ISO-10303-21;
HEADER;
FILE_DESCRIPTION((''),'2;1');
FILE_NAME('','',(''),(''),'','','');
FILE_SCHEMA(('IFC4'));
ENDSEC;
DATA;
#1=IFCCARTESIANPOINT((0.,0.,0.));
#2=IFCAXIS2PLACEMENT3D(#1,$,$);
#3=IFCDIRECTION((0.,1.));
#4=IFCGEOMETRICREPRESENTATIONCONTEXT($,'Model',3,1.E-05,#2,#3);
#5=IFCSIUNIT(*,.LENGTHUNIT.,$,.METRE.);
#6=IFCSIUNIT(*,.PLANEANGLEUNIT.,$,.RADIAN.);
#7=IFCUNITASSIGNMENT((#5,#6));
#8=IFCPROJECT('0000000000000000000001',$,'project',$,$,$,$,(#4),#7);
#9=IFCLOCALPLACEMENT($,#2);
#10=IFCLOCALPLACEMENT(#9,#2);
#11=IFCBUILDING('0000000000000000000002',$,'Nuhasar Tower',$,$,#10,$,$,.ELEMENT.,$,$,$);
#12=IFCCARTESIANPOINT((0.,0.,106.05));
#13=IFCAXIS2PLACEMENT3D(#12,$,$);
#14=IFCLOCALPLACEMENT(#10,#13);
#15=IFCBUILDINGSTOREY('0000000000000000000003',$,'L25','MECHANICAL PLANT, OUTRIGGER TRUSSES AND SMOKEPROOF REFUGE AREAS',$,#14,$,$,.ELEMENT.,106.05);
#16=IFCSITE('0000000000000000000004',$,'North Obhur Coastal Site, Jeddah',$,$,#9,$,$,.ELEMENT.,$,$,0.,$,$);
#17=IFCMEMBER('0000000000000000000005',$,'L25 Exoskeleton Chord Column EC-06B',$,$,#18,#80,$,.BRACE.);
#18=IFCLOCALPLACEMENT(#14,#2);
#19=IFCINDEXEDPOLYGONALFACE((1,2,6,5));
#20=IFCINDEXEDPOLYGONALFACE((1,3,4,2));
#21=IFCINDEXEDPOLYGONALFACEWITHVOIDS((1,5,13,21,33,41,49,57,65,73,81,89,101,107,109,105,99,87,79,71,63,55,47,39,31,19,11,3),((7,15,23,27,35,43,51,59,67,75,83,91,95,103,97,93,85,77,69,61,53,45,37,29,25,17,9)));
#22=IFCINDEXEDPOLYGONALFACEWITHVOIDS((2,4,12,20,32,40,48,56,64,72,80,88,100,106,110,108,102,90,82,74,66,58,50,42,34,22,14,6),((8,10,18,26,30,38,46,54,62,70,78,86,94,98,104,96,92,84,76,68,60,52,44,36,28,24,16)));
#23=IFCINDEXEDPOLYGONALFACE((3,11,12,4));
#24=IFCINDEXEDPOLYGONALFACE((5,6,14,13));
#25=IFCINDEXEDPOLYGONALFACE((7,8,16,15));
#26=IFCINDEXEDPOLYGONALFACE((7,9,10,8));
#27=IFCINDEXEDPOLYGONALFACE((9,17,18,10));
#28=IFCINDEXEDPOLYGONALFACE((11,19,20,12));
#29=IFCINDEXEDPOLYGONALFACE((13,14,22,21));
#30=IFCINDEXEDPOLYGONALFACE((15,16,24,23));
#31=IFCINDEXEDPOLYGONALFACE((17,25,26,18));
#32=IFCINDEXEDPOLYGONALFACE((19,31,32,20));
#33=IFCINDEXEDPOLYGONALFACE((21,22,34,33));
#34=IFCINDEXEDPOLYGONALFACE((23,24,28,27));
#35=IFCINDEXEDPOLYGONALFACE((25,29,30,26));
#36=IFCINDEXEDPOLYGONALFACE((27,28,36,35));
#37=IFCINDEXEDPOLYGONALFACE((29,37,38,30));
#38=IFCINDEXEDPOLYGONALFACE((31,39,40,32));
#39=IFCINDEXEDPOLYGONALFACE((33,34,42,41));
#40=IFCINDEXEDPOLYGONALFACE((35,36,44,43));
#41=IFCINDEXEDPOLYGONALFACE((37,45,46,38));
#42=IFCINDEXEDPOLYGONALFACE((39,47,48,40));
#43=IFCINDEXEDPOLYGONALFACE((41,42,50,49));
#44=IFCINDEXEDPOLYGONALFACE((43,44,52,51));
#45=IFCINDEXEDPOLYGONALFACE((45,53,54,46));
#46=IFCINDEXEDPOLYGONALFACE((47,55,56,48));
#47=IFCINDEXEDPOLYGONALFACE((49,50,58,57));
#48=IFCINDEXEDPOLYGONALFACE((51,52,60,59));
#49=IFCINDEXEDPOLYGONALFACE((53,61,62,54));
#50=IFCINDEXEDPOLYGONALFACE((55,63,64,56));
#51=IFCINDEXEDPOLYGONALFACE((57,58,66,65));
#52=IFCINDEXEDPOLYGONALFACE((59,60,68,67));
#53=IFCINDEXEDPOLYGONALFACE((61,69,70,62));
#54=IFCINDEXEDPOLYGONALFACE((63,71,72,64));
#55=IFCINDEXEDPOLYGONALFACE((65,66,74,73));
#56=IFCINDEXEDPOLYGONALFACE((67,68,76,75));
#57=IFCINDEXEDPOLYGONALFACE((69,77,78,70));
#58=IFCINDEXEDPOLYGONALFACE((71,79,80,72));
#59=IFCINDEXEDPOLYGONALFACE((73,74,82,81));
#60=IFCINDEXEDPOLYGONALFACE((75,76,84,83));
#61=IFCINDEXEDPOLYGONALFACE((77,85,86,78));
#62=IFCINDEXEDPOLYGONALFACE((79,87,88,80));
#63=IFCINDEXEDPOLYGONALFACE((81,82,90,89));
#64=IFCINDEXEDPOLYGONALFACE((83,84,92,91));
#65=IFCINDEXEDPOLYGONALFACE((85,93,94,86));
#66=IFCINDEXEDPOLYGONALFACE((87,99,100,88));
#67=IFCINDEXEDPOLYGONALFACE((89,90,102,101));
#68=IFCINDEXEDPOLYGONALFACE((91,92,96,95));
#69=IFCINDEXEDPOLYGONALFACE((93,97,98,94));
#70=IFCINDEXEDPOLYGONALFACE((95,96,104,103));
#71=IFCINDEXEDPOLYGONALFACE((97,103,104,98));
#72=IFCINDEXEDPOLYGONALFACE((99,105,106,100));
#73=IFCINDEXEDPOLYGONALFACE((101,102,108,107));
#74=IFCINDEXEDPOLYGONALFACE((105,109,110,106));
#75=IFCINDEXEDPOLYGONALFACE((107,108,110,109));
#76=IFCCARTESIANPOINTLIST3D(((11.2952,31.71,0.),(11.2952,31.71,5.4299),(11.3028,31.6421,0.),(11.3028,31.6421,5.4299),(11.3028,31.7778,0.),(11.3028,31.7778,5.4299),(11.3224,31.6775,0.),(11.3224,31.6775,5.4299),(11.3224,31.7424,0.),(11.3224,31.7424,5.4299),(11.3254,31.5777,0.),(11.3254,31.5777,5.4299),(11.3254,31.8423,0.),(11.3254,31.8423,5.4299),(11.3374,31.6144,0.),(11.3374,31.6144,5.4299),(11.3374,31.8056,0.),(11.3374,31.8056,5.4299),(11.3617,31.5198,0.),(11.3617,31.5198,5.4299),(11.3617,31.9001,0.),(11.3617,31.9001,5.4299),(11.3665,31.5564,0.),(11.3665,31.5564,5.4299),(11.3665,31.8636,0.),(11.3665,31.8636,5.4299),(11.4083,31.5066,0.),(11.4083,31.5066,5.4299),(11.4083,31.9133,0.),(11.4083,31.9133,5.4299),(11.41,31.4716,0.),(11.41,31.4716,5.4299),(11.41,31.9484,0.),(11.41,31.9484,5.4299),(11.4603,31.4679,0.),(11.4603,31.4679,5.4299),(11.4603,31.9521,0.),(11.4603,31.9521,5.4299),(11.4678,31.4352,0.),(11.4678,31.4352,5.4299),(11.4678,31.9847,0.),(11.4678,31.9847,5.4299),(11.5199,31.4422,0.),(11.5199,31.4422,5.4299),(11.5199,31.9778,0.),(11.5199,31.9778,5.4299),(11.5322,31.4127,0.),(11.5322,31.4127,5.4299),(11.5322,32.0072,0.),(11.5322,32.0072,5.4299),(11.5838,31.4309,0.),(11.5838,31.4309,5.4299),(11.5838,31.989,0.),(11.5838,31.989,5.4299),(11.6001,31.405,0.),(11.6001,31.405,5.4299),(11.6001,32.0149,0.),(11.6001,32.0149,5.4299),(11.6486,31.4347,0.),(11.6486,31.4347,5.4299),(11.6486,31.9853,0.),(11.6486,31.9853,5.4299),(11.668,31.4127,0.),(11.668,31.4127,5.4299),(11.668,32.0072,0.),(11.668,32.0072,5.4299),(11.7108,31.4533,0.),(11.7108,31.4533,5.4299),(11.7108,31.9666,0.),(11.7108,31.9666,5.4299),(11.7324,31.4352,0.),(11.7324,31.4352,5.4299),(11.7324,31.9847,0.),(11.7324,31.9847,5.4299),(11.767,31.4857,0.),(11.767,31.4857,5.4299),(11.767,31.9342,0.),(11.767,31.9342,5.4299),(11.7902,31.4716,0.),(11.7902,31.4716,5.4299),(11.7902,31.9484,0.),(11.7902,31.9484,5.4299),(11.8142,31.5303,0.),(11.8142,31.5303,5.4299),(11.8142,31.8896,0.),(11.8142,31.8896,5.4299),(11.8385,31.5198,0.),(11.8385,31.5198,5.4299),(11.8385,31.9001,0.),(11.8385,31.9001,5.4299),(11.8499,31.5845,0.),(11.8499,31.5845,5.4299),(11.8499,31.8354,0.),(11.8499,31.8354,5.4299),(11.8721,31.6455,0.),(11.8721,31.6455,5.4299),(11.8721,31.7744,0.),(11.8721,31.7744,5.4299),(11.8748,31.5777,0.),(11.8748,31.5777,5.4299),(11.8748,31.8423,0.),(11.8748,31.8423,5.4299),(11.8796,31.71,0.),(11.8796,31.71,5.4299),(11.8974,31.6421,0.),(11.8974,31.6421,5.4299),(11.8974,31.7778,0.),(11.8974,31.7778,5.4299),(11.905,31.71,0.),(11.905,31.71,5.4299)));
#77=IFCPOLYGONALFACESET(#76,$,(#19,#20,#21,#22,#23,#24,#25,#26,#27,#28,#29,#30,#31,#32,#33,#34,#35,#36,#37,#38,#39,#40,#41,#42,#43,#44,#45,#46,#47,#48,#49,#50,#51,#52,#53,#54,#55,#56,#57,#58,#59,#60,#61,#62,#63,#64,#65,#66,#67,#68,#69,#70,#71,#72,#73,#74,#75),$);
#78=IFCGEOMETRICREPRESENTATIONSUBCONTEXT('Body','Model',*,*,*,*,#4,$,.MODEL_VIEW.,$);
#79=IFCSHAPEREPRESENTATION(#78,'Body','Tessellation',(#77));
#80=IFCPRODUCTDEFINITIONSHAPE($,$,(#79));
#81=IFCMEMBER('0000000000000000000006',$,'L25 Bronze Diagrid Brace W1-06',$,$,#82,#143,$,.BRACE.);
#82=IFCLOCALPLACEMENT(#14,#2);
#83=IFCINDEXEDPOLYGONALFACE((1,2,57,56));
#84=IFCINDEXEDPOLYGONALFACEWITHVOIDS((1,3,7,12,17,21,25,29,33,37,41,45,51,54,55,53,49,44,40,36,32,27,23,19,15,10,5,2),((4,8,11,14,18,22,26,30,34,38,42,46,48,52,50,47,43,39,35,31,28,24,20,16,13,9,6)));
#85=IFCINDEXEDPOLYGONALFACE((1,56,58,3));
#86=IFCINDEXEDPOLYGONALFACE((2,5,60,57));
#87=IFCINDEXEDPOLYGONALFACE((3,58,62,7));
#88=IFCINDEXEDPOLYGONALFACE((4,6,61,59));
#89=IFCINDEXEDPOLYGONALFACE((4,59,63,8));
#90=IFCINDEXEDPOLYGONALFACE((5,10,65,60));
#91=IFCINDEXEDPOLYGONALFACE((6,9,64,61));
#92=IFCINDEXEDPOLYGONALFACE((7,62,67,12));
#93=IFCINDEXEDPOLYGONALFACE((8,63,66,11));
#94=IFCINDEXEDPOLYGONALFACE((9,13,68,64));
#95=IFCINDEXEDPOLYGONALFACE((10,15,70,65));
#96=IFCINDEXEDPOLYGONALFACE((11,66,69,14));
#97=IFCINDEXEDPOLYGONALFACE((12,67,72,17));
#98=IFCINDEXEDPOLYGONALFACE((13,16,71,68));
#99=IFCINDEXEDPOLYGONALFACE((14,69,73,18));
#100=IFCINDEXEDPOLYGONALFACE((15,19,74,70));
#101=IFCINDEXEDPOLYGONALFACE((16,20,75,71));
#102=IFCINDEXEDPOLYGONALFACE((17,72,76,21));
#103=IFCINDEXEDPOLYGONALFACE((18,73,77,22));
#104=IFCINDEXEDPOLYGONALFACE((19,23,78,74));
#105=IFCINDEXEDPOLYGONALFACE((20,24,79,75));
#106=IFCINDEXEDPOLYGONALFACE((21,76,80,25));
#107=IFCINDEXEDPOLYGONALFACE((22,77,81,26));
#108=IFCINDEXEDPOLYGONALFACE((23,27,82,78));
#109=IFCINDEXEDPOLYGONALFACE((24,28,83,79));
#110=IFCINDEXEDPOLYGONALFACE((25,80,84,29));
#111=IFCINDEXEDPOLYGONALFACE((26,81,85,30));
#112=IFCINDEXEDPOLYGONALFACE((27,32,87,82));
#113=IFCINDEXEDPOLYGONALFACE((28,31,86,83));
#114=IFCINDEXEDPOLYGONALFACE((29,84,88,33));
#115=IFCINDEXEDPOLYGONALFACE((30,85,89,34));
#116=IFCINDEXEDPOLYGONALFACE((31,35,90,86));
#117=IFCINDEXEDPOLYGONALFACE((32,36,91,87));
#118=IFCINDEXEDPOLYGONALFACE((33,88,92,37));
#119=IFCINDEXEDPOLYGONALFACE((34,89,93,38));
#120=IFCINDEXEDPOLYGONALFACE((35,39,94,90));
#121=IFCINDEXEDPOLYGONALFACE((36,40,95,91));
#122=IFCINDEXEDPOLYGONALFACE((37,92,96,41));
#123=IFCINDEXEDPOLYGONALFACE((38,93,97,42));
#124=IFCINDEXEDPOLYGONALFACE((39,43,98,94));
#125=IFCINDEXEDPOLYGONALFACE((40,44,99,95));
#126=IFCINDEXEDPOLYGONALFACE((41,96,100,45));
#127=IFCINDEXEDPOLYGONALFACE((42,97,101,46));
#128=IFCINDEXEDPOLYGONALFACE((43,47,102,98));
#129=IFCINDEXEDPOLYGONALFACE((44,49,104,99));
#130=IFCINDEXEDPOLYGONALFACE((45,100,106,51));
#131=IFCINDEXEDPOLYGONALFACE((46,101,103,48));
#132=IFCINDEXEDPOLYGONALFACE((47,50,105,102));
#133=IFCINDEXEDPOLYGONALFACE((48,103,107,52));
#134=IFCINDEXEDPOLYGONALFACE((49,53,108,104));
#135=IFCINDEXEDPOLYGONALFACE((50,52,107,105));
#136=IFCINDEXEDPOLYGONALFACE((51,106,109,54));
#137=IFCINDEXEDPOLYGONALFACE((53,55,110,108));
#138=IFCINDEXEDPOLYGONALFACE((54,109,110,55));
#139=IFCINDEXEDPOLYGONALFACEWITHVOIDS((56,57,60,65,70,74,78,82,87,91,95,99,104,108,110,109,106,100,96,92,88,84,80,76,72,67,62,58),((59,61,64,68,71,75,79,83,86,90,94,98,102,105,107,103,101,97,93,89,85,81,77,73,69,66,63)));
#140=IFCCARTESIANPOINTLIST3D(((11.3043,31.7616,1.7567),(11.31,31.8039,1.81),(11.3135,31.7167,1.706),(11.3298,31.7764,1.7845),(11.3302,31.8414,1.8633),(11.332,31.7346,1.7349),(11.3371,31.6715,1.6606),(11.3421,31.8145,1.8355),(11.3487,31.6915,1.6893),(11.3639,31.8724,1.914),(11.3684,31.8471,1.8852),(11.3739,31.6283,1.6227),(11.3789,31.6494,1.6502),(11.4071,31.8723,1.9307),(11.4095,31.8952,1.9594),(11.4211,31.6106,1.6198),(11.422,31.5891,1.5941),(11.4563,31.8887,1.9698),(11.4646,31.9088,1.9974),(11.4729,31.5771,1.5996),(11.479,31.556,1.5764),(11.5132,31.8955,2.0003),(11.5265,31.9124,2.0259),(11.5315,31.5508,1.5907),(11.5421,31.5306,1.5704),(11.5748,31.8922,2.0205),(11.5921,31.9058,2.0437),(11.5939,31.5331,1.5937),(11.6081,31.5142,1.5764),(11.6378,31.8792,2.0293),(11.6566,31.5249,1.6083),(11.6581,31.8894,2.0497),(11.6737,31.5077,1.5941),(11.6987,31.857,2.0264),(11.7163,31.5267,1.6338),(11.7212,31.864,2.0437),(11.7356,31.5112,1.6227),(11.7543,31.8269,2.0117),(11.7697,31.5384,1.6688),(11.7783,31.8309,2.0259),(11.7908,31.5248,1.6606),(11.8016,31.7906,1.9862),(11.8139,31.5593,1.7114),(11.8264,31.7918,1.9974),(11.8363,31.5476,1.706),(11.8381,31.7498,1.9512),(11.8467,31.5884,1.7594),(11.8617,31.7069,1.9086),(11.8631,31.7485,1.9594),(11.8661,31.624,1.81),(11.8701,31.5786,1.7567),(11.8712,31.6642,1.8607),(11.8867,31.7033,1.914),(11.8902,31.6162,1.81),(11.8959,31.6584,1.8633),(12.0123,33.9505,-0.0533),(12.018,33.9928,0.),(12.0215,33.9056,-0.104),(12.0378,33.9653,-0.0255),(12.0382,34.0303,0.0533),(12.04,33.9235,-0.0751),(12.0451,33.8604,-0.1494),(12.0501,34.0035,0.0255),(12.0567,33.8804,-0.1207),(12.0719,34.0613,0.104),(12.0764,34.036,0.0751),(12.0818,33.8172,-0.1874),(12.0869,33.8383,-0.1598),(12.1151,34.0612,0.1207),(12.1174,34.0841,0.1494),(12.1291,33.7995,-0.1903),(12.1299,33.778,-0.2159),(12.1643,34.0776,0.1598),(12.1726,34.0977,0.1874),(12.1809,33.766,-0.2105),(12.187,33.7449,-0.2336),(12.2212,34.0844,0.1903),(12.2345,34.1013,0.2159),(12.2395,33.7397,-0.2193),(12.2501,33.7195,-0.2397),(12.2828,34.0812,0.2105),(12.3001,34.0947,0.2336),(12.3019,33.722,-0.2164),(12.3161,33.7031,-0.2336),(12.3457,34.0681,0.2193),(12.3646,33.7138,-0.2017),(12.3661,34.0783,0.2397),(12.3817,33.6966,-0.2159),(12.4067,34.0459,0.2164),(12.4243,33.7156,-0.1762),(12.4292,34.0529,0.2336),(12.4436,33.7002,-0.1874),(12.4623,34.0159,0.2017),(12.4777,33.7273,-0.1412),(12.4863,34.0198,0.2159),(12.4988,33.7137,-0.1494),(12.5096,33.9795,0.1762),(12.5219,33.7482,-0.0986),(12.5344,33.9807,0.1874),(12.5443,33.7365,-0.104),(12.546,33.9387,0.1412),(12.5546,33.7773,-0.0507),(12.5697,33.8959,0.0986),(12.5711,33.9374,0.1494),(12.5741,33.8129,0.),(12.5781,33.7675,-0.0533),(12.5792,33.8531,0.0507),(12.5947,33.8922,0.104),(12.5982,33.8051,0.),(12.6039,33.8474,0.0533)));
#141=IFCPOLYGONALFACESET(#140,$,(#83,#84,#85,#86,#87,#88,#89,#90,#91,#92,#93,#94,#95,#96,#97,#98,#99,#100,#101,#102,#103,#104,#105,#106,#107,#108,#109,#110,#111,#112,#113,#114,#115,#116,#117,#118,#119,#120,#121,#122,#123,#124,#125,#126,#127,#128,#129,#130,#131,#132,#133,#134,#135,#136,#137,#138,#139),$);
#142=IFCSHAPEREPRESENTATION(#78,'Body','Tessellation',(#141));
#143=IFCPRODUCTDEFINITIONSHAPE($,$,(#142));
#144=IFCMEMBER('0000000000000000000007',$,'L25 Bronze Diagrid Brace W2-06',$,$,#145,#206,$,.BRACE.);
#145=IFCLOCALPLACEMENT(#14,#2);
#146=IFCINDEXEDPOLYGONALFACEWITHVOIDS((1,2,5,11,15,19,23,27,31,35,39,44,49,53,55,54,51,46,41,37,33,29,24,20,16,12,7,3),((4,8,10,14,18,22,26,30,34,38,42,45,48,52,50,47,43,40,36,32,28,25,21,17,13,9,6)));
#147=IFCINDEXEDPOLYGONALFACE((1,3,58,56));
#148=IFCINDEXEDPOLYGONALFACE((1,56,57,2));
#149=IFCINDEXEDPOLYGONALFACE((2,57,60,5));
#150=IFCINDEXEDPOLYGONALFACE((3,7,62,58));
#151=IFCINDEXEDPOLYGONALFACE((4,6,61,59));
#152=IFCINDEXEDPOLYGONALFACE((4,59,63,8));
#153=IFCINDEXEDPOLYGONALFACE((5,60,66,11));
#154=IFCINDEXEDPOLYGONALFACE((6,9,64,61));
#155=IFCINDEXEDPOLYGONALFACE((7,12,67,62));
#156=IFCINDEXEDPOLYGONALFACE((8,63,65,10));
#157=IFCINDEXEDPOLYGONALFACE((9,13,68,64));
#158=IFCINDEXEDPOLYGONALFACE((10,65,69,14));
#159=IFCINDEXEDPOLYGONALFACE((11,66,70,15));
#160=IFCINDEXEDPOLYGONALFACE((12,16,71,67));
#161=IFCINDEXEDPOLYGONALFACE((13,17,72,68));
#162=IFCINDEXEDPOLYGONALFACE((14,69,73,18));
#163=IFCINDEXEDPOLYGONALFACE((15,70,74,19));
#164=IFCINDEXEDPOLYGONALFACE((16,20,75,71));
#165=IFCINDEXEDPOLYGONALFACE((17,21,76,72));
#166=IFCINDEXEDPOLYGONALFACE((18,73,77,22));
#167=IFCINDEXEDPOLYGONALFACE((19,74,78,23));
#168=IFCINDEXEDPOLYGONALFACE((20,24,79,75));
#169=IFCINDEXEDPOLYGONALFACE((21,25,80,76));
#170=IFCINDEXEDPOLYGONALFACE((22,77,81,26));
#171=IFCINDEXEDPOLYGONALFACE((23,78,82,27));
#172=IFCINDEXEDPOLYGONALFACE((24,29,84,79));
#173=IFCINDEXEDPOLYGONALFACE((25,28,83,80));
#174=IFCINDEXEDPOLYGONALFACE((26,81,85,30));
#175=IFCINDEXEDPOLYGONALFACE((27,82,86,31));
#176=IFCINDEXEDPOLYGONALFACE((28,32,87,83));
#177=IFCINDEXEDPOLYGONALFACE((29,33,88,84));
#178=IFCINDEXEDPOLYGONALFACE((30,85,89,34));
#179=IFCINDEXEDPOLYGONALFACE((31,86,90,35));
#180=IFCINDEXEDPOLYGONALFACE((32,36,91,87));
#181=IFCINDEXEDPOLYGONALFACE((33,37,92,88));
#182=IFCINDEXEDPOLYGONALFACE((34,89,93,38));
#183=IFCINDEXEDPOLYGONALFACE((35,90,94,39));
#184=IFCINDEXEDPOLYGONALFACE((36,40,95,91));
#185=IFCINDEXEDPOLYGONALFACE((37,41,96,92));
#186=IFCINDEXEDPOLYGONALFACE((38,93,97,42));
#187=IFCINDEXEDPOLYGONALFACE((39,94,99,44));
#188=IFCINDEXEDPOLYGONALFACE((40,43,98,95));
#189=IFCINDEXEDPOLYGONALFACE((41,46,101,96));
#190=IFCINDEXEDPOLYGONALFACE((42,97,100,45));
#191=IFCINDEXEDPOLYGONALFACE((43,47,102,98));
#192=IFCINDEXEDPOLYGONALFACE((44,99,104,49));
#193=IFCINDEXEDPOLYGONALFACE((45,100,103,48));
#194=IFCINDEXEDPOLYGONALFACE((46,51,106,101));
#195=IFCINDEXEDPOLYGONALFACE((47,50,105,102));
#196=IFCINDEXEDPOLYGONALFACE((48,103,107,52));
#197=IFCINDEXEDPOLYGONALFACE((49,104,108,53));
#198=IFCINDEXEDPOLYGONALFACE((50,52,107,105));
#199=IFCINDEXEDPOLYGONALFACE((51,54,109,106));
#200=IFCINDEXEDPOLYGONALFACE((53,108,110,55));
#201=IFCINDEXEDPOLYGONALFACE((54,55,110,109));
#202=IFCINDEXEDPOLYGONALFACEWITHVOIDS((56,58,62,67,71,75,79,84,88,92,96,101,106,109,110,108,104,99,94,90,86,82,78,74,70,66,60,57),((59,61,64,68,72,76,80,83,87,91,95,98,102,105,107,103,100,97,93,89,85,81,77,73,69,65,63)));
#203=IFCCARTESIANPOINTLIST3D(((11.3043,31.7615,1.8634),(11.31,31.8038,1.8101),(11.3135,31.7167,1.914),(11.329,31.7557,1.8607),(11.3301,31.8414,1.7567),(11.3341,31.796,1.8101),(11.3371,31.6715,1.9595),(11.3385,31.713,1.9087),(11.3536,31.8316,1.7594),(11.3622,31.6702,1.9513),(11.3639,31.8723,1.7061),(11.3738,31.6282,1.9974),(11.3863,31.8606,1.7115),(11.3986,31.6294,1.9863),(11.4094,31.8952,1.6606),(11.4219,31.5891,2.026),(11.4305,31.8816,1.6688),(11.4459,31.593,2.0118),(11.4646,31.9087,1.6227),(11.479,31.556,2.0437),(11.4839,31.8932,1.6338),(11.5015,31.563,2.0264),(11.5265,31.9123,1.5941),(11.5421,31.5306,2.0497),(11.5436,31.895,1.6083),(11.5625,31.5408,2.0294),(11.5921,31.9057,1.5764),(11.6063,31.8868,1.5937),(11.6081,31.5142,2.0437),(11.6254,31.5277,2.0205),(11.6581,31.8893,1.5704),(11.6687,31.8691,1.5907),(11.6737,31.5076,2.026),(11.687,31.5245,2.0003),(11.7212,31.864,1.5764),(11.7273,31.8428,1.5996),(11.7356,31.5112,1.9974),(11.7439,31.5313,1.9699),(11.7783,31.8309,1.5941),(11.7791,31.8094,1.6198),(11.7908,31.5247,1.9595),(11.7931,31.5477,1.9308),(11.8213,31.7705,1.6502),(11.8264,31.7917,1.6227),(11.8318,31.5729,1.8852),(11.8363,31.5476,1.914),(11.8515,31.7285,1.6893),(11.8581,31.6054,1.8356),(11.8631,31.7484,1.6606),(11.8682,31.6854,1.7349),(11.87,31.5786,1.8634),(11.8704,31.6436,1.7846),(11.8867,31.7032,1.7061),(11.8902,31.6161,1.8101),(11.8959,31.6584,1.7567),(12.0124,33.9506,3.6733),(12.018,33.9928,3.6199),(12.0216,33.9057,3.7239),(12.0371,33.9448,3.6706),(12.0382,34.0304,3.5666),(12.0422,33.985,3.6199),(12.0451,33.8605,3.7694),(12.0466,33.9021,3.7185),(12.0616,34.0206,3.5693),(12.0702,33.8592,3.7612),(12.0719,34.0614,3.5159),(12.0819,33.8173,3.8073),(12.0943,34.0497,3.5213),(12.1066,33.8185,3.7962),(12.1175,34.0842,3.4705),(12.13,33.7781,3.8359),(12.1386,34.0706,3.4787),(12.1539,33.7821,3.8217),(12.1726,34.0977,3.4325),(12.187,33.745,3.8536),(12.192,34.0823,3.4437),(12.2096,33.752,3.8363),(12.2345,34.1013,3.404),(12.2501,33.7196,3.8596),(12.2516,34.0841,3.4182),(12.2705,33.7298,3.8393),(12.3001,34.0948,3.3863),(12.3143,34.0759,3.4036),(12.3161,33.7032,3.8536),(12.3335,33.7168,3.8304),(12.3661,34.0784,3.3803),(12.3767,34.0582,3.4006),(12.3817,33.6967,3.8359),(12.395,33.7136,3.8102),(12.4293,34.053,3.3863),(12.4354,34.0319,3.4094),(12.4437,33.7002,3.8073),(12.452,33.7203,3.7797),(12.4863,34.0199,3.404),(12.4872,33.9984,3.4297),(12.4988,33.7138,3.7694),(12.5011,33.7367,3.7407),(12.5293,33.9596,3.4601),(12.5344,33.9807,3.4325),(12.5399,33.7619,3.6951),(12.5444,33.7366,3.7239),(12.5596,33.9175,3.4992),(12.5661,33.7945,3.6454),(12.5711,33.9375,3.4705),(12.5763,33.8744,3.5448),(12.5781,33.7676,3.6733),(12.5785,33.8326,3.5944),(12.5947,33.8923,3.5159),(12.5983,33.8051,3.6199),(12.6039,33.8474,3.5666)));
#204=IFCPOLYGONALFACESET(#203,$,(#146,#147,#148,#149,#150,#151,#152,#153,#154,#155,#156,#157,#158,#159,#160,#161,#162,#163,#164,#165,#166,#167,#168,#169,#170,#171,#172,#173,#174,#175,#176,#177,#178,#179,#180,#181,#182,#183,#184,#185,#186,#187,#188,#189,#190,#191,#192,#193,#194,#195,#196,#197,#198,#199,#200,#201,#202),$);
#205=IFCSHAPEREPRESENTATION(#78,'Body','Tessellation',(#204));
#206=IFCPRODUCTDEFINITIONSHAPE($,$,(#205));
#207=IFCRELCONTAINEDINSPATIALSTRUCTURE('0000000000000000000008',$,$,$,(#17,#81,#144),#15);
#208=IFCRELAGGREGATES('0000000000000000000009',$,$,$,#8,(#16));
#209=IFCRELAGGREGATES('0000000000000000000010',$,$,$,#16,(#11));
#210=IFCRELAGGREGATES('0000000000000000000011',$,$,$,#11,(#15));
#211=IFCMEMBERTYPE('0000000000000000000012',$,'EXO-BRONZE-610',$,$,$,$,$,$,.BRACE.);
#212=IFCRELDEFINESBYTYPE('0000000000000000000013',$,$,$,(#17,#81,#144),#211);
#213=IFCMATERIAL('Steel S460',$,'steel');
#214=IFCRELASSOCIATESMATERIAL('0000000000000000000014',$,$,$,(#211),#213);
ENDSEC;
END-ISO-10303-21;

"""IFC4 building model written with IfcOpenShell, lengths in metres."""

from ifc_helpers import new_model, si_unit, direction, frame, origin, origin_2d, place, context, subcontext, project, spatial, hollow_circle, extrude, material, material_profile, profile_set, type_object, element, save


model = new_model("IFC4")

# Units and contexts
model_context = context("Model", 3, precision=1e-05, world=origin(), true_north=direction((0.0, 1.0)))
body_context = subcontext(model_context, "Body", "Model", "MODEL_VIEW")
ifc_project = project(units=[si_unit("LENGTHUNIT", "METRE"), si_unit("PLANEANGLEUNIT", "RADIAN")], contexts=[model_context])

# Site, building, storey
site_placement = place(None, origin())
site = spatial("IfcSite", under=ifc_project, at=site_placement, Name="North Obhur Coastal Site, Jeddah", CompositionType="ELEMENT", RefElevation=0.0)
building_placement = place(site_placement, origin())
building = spatial("IfcBuilding", under=site, at=building_placement, Name="Nuhasar Tower", CompositionType="ELEMENT")
storey_placement = place(building_placement, frame((0.0, 0.0, 106.05)))
storey = spatial("IfcBuildingStorey", under=building, at=storey_placement, Name="L25", Description="MECHANICAL PLANT, OUTRIGGER TRUSSES AND SMOKEPROOF REFUGE AREAS", CompositionType="ELEMENT", Elevation=106.05)

# Shared definitions
ifc_material_1 = material(Name="Steel S460", Category="steel")

# Members
ifc_material_profile_1 = material_profile(ifc_material_1, hollow_circle(Radius=0.3049, WallThickness=0.0254, at=origin_2d()), Name="HSS610X25.4")
ifc_profile_set_1 = profile_set([ifc_material_profile_1], Name="Steel S460")
member_type_1 = type_object("IfcMemberType", Name="EXO-BRONZE-610", PredefinedType="BRACE", material=ifc_profile_set_1)
for number, where, z_axis, x_axis, name in (
    (1, (11.6001, 31.71, 0.0), (0.0, 0.0, 1.0), (1.0, 0.0, 0.0), "L25 Exoskeleton Chord Column EC-06B"),
):
    element("IfcMember", number, at=place(storey_placement, frame(where, z_axis=z_axis, x_axis=x_axis)), inside=storey, type_object=member_type_1, Name=name, PredefinedType="BRACE", context=body_context, shape_type="SweptSolid", body=[
        extrude(hollow_circle(Radius=0.3049, WallThickness=0.0254, at=origin_2d()), origin(), (0.0, 0.0, 1.0), 5.4299),
    ])
for number, where, z_axis, x_axis, name in (
    (2, (12.3081, 33.8989, 0.0), (-0.241863, -0.747773, 0.618335), (0.951468, -0.307747, 0.0), "L25 Bronze Diagrid Brace W1-06"),
    (3, (11.6001, 31.71, 1.8101), (0.241875, 0.747812, 0.618283), (-0.951468, 0.307747, 0.0), "L25 Bronze Diagrid Brace W2-06"),
):
    element("IfcMember", number, at=place(storey_placement, frame(where, z_axis=z_axis, x_axis=x_axis)), inside=storey, type_object=member_type_1, Name=name, PredefinedType="BRACE", context=body_context, shape_type="SweptSolid", body=[
        extrude(hollow_circle(Radius=0.3049, WallThickness=0.0254, at=origin_2d()), origin(), (0.0, 0.0, 1.0), 2.9272),
    ])

save(model, "model.ifc")
